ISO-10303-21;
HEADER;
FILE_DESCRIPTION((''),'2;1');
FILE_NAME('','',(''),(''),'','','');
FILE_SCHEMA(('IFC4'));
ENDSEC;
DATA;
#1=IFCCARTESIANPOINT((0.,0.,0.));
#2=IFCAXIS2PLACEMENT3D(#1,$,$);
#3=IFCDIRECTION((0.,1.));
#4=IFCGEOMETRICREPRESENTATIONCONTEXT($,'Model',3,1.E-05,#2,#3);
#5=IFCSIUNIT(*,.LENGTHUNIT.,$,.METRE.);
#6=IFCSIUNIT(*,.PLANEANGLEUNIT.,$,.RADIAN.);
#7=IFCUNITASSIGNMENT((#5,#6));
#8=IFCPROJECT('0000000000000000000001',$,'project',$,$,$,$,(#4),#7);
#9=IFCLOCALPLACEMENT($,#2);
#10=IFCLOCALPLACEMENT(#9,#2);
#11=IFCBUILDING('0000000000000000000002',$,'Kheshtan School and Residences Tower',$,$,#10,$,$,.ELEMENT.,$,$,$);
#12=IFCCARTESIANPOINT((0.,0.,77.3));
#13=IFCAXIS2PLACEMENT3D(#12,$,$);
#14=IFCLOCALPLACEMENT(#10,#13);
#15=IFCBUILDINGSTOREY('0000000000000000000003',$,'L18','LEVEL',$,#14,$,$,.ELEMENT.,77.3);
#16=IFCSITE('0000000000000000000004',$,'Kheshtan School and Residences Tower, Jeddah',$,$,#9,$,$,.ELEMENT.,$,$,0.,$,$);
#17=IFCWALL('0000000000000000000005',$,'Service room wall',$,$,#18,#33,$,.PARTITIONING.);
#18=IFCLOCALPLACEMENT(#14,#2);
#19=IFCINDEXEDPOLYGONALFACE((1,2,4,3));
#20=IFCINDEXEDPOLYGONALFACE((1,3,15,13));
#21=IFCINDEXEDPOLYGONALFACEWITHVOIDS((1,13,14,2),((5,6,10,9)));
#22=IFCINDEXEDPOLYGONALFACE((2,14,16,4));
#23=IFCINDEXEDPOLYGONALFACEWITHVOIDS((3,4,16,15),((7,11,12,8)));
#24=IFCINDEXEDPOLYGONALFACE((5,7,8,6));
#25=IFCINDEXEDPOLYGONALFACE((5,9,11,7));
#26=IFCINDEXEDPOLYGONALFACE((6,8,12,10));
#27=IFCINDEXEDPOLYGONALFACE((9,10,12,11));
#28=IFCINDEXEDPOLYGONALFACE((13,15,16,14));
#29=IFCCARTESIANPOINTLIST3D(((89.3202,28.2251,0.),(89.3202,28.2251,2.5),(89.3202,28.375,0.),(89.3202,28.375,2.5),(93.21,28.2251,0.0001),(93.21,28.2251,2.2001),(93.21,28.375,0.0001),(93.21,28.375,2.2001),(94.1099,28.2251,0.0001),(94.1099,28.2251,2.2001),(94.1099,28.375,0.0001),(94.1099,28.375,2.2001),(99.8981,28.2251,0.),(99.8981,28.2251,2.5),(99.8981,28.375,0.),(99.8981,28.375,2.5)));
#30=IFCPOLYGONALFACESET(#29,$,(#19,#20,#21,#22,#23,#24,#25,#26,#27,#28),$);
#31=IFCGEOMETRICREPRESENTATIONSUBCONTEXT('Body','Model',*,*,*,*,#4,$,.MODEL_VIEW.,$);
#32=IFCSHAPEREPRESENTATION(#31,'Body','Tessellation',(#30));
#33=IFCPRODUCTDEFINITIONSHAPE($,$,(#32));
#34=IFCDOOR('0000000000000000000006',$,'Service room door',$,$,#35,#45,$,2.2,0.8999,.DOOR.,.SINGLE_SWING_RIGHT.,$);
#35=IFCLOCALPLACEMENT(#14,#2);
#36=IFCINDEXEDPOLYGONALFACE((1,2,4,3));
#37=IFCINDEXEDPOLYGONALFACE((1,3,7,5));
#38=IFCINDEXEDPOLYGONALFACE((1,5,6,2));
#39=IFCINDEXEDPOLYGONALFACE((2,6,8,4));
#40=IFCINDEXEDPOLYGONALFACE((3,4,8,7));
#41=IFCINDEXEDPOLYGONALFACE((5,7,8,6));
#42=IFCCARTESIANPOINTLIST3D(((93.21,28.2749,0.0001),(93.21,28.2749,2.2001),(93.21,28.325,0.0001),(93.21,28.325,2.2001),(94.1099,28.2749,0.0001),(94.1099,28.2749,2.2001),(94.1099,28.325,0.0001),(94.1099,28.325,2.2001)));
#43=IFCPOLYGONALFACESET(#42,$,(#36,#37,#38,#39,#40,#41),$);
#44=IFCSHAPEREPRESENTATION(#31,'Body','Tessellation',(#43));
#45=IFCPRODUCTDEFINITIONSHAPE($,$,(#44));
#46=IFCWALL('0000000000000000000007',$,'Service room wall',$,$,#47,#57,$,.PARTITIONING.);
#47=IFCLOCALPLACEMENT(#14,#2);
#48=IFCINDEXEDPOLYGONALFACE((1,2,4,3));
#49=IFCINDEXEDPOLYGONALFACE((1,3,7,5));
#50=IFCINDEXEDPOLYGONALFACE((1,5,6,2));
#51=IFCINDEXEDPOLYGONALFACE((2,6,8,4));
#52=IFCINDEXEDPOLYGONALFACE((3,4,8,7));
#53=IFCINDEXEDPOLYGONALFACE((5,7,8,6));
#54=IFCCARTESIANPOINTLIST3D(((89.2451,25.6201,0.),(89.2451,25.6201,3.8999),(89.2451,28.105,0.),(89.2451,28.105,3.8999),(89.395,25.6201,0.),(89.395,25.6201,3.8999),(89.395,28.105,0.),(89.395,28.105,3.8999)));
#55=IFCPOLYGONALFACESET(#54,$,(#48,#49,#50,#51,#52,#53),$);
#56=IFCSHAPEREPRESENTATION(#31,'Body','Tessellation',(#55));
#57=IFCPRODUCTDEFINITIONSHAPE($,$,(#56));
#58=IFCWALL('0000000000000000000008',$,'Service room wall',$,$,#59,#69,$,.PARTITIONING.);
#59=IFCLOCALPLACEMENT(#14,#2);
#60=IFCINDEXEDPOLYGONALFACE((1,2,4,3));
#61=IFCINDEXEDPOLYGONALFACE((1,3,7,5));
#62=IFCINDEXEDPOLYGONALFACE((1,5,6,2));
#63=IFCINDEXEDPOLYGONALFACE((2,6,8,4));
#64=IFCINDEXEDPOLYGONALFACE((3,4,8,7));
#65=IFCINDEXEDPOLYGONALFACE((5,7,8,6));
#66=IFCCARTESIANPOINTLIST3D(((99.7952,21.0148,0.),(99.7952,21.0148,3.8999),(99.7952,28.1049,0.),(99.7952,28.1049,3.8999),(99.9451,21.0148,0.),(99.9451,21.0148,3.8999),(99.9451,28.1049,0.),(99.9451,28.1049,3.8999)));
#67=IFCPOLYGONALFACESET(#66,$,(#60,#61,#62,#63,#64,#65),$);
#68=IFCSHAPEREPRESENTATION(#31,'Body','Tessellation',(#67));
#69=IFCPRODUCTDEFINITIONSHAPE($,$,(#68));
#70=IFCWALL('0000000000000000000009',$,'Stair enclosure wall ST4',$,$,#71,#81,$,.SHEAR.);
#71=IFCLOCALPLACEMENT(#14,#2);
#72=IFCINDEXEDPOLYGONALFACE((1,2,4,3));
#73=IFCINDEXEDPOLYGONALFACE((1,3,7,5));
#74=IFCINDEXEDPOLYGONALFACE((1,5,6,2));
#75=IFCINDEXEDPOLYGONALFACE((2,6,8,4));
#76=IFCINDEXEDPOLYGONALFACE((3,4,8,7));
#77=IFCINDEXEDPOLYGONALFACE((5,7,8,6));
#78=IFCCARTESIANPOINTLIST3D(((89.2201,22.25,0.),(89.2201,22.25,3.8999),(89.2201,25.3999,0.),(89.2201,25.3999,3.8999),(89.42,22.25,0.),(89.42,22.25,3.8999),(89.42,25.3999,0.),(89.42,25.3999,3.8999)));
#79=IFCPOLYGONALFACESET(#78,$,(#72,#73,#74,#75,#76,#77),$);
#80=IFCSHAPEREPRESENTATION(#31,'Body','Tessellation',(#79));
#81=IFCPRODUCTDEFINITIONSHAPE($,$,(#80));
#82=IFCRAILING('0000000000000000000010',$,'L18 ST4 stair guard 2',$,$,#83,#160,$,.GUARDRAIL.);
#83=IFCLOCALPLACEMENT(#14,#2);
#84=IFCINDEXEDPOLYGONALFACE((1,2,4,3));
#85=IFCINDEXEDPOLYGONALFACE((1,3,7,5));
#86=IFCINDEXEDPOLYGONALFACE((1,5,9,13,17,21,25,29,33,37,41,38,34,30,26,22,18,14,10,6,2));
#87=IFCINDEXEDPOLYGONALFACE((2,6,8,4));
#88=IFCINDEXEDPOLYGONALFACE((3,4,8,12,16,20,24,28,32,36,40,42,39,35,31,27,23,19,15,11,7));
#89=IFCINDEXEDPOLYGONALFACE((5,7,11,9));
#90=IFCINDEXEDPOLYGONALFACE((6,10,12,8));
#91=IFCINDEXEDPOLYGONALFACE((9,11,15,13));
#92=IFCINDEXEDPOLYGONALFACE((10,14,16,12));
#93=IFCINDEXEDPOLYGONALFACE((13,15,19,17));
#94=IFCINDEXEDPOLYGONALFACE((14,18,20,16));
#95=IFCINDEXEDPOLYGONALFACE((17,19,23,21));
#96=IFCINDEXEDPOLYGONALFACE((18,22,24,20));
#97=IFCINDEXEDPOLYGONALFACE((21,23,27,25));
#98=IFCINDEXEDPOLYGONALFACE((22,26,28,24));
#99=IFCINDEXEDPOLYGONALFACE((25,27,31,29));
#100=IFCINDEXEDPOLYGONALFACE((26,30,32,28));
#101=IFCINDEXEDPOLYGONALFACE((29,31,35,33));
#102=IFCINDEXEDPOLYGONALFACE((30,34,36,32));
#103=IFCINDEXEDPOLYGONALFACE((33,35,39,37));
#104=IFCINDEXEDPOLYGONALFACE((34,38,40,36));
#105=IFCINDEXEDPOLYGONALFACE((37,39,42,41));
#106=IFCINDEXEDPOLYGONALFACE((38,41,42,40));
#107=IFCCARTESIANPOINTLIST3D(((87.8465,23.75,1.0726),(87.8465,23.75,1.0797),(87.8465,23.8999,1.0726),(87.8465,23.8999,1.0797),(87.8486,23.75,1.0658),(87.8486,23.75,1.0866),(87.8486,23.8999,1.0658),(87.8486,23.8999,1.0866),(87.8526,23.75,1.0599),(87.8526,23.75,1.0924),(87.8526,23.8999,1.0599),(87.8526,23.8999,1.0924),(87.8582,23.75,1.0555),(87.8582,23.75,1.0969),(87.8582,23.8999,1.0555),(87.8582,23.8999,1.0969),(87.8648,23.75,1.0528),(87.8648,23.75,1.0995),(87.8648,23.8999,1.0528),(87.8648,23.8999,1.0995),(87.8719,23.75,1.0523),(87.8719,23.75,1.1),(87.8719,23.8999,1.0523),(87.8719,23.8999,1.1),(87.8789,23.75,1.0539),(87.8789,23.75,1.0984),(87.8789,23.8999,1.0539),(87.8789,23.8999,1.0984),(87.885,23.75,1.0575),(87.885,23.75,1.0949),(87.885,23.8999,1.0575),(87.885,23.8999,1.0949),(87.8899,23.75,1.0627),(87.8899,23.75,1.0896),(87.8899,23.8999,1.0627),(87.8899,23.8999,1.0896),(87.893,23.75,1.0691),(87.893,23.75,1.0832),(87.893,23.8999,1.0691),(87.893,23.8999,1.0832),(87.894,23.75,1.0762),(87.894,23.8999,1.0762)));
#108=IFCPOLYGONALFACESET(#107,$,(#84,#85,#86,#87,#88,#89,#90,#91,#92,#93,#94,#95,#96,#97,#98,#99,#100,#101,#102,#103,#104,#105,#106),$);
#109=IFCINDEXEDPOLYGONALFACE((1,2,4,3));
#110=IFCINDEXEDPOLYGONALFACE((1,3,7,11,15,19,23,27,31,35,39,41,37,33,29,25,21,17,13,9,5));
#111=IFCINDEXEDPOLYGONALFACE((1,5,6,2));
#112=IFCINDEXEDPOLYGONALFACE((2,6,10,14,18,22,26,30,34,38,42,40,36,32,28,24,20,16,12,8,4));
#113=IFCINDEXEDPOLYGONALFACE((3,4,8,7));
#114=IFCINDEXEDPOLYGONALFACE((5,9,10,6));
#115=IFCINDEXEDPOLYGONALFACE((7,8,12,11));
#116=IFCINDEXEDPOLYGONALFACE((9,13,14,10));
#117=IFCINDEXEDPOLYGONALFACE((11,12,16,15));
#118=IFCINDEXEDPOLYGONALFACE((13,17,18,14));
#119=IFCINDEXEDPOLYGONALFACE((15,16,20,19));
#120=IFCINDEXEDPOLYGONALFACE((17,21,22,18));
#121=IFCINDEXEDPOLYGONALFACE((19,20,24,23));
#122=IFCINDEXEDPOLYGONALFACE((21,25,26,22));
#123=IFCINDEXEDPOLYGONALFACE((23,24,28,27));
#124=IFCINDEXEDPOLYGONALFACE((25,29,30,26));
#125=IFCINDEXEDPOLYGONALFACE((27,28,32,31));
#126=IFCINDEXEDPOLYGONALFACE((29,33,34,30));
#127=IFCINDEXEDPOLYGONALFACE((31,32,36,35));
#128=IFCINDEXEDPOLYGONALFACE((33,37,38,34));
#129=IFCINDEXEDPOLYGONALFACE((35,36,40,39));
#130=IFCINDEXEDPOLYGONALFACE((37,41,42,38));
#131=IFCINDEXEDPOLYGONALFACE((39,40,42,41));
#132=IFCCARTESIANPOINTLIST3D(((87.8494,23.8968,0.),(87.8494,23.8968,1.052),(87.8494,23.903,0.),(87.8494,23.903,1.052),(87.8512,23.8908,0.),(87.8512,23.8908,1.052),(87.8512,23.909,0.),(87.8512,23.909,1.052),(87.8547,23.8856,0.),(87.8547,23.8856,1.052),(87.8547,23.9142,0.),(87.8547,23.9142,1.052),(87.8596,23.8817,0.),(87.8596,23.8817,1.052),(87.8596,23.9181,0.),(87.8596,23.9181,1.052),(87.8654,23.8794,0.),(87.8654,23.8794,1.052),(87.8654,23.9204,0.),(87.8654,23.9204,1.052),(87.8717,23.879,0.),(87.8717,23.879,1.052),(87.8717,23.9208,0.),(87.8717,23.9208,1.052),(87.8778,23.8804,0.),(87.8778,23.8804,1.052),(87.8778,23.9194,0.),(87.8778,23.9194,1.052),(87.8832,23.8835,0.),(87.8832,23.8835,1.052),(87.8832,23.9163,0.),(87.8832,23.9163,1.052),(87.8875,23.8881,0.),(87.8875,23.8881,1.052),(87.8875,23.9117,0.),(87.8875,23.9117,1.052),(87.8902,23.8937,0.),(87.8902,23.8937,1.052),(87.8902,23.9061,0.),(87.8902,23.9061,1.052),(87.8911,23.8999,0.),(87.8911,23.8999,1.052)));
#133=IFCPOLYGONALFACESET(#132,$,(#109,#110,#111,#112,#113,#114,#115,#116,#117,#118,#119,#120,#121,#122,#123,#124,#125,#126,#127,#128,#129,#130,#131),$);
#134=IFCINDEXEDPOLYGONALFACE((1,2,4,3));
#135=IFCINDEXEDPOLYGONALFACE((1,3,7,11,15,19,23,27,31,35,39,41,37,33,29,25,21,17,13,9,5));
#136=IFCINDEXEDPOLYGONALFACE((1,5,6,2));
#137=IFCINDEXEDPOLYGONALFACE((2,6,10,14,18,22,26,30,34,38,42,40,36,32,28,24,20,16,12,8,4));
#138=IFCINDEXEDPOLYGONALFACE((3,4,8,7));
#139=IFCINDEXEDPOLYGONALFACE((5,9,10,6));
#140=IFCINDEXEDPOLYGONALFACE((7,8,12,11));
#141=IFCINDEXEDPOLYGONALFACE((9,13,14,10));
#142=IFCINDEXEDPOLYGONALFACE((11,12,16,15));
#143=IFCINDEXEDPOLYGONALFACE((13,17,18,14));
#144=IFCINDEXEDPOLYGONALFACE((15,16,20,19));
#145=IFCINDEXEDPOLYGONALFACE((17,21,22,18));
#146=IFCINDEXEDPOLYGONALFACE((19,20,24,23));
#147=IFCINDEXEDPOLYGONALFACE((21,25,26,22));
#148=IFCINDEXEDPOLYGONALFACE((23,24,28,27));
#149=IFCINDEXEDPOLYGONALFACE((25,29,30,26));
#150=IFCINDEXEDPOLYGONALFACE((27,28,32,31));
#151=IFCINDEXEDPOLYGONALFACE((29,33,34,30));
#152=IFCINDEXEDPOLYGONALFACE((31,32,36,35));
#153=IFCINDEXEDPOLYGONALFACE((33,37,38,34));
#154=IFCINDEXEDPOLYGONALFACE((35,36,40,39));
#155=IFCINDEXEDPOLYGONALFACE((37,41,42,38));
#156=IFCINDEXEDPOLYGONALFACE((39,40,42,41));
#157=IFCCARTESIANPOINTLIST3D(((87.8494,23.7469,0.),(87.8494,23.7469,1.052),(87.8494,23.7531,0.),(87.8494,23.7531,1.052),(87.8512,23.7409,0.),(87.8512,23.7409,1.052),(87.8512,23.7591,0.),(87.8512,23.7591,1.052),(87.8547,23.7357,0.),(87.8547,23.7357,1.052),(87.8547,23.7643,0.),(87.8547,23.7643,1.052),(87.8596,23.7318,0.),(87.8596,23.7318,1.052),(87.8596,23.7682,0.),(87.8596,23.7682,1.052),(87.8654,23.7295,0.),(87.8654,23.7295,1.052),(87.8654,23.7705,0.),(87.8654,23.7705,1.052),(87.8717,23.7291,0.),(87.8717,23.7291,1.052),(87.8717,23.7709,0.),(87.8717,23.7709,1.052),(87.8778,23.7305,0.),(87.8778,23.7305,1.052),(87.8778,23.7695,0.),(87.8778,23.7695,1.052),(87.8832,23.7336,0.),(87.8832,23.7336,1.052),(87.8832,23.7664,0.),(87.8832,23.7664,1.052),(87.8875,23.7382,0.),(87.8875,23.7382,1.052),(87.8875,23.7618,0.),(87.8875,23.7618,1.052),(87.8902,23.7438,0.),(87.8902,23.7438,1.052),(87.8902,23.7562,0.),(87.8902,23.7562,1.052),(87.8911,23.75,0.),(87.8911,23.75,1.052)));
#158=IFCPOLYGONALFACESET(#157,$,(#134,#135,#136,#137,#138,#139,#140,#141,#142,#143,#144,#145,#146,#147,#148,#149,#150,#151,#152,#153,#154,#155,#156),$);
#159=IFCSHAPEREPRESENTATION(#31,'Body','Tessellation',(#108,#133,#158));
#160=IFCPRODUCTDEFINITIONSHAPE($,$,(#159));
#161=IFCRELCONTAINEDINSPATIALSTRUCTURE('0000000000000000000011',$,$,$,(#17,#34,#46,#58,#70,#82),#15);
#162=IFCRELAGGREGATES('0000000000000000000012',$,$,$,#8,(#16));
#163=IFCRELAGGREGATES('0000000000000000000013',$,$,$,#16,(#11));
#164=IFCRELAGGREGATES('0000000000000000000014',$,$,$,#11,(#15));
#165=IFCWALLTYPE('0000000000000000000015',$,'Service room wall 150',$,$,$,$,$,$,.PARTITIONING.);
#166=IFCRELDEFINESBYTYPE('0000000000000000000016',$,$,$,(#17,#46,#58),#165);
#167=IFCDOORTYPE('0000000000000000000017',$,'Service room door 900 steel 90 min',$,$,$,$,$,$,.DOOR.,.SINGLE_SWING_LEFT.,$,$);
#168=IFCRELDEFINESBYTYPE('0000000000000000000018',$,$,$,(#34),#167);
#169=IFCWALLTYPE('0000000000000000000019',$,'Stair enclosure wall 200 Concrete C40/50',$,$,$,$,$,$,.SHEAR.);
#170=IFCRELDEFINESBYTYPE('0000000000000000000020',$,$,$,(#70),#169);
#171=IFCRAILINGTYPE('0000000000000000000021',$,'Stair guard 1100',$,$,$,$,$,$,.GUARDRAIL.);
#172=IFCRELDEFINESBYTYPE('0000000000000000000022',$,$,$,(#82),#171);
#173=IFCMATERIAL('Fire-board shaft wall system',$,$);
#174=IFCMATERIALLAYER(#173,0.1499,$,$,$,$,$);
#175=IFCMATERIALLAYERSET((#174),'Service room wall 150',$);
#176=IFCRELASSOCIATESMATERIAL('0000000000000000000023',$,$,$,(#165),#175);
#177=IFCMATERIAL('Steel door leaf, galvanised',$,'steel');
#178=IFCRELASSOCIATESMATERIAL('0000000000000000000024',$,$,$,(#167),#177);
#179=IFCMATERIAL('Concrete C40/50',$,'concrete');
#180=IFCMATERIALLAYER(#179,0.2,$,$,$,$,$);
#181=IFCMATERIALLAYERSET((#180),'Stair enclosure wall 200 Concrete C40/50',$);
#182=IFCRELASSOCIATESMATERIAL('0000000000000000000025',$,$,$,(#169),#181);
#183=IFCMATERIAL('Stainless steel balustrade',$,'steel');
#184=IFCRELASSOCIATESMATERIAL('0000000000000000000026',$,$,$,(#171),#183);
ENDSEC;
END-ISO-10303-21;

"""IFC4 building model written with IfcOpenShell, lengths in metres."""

from ifc_helpers import new_model, si_unit, direction, frame, frame_2d, origin, origin_2d, place, context, subcontext, project, spatial, rectangle, circle, extrude, source, transform, mapped, material, layer, layer_set, type_object, element, fill, save


model = new_model("IFC4")

# Units and contexts
model_context = context("Model", 3, precision=1e-05, world=origin(), true_north=direction((0.0, 1.0)))
body_context = subcontext(model_context, "Body", "Model", "MODEL_VIEW")
ifc_project = project(units=[si_unit("LENGTHUNIT", "METRE"), si_unit("PLANEANGLEUNIT", "RADIAN")], contexts=[model_context])

# Site, building, storey
site_placement = place(None, origin())
site = spatial("IfcSite", under=ifc_project, at=site_placement, Name="Kheshtan School and Residences Tower, Jeddah", CompositionType="ELEMENT", RefElevation=0.0)
building_placement = place(site_placement, origin())
building = spatial("IfcBuilding", under=site, at=building_placement, Name="Kheshtan School and Residences Tower", CompositionType="ELEMENT")
storey_placement = place(building_placement, frame((0.0, 0.0, 77.3)))
storey = spatial("IfcBuildingStorey", under=building, at=storey_placement, Name="L18", Description="LEVEL", CompositionType="ELEMENT", Elevation=77.3)

# Wall, opening, door
ifc_material_1 = material(Name="Fire-board shaft wall system")
ifc_layer_1 = layer(ifc_material_1, 0.1499)
ifc_layer_set_1 = layer_set([ifc_layer_1], Name="Service room wall 150")
wall_type_1 = type_object("IfcWallType", Name="Service room wall 150", PredefinedType="PARTITIONING", material=ifc_layer_set_1)
wall_1_placement = place(storey_placement, frame((89.3201, 28.3, 0.0), z_axis=(0.0, 0.0, 1.0), x_axis=(1.0, 0.0, 0.0)))
wall_1 = element("IfcWall", 1, at=wall_1_placement, inside=storey, type_object=wall_type_1, Name="Service room wall", PredefinedType="PARTITIONING", context=body_context, shape_type="SweptSolid", body=[
    extrude(rectangle(XDim=10.5779, YDim=0.1499, at=frame_2d((5.2891, 0.0))), origin(), (0.0, 0.0, 1.0), 2.5),
])
opening_placement = place(wall_1_placement, frame((3.8899, 0.0, 0.0)))
opening = element("IfcOpeningElement", 2, at=opening_placement, cuts=wall_1, PredefinedType="OPENING", context=body_context, shape_type="SweptSolid", body=[
    extrude(rectangle(XDim=0.8999, YDim=2.2, at=frame_2d((0.45, 1.1001))), frame((0.0, 0.085, 0.0), z_axis=(0.0, -1.0, 0.0), x_axis=(1.0, 0.0, 0.0)), (0.0, 0.0, 1.0), 0.1699),
])
ifc_material_2 = material(Name="Steel door leaf, galvanised", Category="steel")
door_type = type_object("IfcDoorType", Name="Service room door 900 steel 90 min", OperationType="SINGLE_SWING_LEFT", PredefinedType="DOOR", material=ifc_material_2)
shared_shape = source(origin(), body_context, "Body", "SweptSolid", [
    extrude(rectangle(XDim=0.8999, YDim=2.2, at=frame_2d((0.45, 1.1001))), frame((0.0, 0.0249, 0.0), z_axis=(0.0, -1.0, 0.0), x_axis=(1.0, 0.0, 0.0)), (0.0, 0.0, 1.0), 0.05),
])
door_placement = place(opening_placement, origin())
door = element("IfcDoor", 3, at=door_placement, inside=storey, type_object=door_type, Name="Service room door", OperationType="SINGLE_SWING_RIGHT", OverallHeight=2.2, OverallWidth=0.8999, PredefinedType="DOOR", context=body_context, shape_type="MappedRepresentation", body=[
    mapped(shared_shape, transform((0.0, 0.0, 0.0), x_axis=(1.0, 0.0, 0.0), y_axis=(0.0, 1.0, 0.0), z_axis=(0.0, 0.0, 1.0), scale=1.0)),
])
fill(opening, door)

# Walls
wall_2_placement = place(storey_placement, frame((89.3201, 25.6201, 0.0), z_axis=(0.0, 0.0, 1.0), x_axis=(0.0, 1.0, 0.0)))
element("IfcWall", 4, at=wall_2_placement, inside=storey, type_object=wall_type_1, Name="Service room wall", PredefinedType="PARTITIONING", context=body_context, shape_type="SweptSolid", body=[
    extrude(rectangle(XDim=2.4849, YDim=0.1499, at=frame_2d((1.2424, 0.0))), origin(), (0.0, 0.0, 1.0), 3.8999),
])
wall_3_placement = place(storey_placement, frame((99.8701, 21.0149, 0.0), z_axis=(0.0, 0.0, 1.0), x_axis=(0.0, 1.0, 0.0)))
element("IfcWall", 5, at=wall_3_placement, inside=storey, type_object=wall_type_1, Name="Service room wall", PredefinedType="PARTITIONING", context=body_context, shape_type="SweptSolid", body=[
    extrude(rectangle(XDim=7.0901, YDim=0.1499, at=frame_2d((3.5449, 0.0))), origin(), (0.0, 0.0, 1.0), 3.8999),
])
ifc_material_3 = material(Name="Concrete C40/50", Category="concrete")
ifc_layer_2 = layer(ifc_material_3, 0.2)
ifc_layer_set_2 = layer_set([ifc_layer_2], Name="Stair enclosure wall 200 Concrete C40/50")
wall_type_2 = type_object("IfcWallType", Name="Stair enclosure wall 200 Concrete C40/50", PredefinedType="SHEAR", material=ifc_layer_set_2)
wall_4_placement = place(storey_placement, frame((89.3201, 22.25, 0.0), z_axis=(0.0, 0.0, 1.0), x_axis=(0.0, 1.0, 0.0)))
element("IfcWall", 6, at=wall_4_placement, inside=storey, type_object=wall_type_2, Name="Stair enclosure wall ST4", PredefinedType="SHEAR", context=body_context, shape_type="SweptSolid", body=[
    extrude(rectangle(XDim=3.1499, YDim=0.2, at=frame_2d((1.575, 0.0))), origin(), (0.0, 0.0, 1.0), 3.8999),
])

# Railing
ifc_material_4 = material(Name="Stainless steel balustrade", Category="steel")
railing_type = type_object("IfcRailingType", Name="Stair guard 1100", PredefinedType="GUARDRAIL", material=ifc_material_4)
railing_placement = place(storey_placement, frame((87.8701, 23.8999, 0.0)))
element("IfcRailing", 7, at=railing_placement, inside=storey, type_object=railing_type, Name="L18 ST4 stair guard 2", PredefinedType="GUARDRAIL", context=body_context, shape_type="SweptSolid", body=[
    extrude(circle(Radius=0.0239, at=origin_2d()), frame((0.0, 0.0, 1.0762), z_axis=(0.0, -1.0, 0.0), x_axis=(1.0, 0.0, 0.0)), (0.0, 0.0, 1.0), 0.1499),
    extrude(circle(Radius=0.021, at=origin_2d()), origin(), (0.0, 0.0, 1.0), 1.052),
    extrude(circle(Radius=0.021, at=origin_2d()), frame((0.0, -0.1499, 0.0)), (0.0, 0.0, 1.0), 1.052),
])

save(model, "model.ifc")
